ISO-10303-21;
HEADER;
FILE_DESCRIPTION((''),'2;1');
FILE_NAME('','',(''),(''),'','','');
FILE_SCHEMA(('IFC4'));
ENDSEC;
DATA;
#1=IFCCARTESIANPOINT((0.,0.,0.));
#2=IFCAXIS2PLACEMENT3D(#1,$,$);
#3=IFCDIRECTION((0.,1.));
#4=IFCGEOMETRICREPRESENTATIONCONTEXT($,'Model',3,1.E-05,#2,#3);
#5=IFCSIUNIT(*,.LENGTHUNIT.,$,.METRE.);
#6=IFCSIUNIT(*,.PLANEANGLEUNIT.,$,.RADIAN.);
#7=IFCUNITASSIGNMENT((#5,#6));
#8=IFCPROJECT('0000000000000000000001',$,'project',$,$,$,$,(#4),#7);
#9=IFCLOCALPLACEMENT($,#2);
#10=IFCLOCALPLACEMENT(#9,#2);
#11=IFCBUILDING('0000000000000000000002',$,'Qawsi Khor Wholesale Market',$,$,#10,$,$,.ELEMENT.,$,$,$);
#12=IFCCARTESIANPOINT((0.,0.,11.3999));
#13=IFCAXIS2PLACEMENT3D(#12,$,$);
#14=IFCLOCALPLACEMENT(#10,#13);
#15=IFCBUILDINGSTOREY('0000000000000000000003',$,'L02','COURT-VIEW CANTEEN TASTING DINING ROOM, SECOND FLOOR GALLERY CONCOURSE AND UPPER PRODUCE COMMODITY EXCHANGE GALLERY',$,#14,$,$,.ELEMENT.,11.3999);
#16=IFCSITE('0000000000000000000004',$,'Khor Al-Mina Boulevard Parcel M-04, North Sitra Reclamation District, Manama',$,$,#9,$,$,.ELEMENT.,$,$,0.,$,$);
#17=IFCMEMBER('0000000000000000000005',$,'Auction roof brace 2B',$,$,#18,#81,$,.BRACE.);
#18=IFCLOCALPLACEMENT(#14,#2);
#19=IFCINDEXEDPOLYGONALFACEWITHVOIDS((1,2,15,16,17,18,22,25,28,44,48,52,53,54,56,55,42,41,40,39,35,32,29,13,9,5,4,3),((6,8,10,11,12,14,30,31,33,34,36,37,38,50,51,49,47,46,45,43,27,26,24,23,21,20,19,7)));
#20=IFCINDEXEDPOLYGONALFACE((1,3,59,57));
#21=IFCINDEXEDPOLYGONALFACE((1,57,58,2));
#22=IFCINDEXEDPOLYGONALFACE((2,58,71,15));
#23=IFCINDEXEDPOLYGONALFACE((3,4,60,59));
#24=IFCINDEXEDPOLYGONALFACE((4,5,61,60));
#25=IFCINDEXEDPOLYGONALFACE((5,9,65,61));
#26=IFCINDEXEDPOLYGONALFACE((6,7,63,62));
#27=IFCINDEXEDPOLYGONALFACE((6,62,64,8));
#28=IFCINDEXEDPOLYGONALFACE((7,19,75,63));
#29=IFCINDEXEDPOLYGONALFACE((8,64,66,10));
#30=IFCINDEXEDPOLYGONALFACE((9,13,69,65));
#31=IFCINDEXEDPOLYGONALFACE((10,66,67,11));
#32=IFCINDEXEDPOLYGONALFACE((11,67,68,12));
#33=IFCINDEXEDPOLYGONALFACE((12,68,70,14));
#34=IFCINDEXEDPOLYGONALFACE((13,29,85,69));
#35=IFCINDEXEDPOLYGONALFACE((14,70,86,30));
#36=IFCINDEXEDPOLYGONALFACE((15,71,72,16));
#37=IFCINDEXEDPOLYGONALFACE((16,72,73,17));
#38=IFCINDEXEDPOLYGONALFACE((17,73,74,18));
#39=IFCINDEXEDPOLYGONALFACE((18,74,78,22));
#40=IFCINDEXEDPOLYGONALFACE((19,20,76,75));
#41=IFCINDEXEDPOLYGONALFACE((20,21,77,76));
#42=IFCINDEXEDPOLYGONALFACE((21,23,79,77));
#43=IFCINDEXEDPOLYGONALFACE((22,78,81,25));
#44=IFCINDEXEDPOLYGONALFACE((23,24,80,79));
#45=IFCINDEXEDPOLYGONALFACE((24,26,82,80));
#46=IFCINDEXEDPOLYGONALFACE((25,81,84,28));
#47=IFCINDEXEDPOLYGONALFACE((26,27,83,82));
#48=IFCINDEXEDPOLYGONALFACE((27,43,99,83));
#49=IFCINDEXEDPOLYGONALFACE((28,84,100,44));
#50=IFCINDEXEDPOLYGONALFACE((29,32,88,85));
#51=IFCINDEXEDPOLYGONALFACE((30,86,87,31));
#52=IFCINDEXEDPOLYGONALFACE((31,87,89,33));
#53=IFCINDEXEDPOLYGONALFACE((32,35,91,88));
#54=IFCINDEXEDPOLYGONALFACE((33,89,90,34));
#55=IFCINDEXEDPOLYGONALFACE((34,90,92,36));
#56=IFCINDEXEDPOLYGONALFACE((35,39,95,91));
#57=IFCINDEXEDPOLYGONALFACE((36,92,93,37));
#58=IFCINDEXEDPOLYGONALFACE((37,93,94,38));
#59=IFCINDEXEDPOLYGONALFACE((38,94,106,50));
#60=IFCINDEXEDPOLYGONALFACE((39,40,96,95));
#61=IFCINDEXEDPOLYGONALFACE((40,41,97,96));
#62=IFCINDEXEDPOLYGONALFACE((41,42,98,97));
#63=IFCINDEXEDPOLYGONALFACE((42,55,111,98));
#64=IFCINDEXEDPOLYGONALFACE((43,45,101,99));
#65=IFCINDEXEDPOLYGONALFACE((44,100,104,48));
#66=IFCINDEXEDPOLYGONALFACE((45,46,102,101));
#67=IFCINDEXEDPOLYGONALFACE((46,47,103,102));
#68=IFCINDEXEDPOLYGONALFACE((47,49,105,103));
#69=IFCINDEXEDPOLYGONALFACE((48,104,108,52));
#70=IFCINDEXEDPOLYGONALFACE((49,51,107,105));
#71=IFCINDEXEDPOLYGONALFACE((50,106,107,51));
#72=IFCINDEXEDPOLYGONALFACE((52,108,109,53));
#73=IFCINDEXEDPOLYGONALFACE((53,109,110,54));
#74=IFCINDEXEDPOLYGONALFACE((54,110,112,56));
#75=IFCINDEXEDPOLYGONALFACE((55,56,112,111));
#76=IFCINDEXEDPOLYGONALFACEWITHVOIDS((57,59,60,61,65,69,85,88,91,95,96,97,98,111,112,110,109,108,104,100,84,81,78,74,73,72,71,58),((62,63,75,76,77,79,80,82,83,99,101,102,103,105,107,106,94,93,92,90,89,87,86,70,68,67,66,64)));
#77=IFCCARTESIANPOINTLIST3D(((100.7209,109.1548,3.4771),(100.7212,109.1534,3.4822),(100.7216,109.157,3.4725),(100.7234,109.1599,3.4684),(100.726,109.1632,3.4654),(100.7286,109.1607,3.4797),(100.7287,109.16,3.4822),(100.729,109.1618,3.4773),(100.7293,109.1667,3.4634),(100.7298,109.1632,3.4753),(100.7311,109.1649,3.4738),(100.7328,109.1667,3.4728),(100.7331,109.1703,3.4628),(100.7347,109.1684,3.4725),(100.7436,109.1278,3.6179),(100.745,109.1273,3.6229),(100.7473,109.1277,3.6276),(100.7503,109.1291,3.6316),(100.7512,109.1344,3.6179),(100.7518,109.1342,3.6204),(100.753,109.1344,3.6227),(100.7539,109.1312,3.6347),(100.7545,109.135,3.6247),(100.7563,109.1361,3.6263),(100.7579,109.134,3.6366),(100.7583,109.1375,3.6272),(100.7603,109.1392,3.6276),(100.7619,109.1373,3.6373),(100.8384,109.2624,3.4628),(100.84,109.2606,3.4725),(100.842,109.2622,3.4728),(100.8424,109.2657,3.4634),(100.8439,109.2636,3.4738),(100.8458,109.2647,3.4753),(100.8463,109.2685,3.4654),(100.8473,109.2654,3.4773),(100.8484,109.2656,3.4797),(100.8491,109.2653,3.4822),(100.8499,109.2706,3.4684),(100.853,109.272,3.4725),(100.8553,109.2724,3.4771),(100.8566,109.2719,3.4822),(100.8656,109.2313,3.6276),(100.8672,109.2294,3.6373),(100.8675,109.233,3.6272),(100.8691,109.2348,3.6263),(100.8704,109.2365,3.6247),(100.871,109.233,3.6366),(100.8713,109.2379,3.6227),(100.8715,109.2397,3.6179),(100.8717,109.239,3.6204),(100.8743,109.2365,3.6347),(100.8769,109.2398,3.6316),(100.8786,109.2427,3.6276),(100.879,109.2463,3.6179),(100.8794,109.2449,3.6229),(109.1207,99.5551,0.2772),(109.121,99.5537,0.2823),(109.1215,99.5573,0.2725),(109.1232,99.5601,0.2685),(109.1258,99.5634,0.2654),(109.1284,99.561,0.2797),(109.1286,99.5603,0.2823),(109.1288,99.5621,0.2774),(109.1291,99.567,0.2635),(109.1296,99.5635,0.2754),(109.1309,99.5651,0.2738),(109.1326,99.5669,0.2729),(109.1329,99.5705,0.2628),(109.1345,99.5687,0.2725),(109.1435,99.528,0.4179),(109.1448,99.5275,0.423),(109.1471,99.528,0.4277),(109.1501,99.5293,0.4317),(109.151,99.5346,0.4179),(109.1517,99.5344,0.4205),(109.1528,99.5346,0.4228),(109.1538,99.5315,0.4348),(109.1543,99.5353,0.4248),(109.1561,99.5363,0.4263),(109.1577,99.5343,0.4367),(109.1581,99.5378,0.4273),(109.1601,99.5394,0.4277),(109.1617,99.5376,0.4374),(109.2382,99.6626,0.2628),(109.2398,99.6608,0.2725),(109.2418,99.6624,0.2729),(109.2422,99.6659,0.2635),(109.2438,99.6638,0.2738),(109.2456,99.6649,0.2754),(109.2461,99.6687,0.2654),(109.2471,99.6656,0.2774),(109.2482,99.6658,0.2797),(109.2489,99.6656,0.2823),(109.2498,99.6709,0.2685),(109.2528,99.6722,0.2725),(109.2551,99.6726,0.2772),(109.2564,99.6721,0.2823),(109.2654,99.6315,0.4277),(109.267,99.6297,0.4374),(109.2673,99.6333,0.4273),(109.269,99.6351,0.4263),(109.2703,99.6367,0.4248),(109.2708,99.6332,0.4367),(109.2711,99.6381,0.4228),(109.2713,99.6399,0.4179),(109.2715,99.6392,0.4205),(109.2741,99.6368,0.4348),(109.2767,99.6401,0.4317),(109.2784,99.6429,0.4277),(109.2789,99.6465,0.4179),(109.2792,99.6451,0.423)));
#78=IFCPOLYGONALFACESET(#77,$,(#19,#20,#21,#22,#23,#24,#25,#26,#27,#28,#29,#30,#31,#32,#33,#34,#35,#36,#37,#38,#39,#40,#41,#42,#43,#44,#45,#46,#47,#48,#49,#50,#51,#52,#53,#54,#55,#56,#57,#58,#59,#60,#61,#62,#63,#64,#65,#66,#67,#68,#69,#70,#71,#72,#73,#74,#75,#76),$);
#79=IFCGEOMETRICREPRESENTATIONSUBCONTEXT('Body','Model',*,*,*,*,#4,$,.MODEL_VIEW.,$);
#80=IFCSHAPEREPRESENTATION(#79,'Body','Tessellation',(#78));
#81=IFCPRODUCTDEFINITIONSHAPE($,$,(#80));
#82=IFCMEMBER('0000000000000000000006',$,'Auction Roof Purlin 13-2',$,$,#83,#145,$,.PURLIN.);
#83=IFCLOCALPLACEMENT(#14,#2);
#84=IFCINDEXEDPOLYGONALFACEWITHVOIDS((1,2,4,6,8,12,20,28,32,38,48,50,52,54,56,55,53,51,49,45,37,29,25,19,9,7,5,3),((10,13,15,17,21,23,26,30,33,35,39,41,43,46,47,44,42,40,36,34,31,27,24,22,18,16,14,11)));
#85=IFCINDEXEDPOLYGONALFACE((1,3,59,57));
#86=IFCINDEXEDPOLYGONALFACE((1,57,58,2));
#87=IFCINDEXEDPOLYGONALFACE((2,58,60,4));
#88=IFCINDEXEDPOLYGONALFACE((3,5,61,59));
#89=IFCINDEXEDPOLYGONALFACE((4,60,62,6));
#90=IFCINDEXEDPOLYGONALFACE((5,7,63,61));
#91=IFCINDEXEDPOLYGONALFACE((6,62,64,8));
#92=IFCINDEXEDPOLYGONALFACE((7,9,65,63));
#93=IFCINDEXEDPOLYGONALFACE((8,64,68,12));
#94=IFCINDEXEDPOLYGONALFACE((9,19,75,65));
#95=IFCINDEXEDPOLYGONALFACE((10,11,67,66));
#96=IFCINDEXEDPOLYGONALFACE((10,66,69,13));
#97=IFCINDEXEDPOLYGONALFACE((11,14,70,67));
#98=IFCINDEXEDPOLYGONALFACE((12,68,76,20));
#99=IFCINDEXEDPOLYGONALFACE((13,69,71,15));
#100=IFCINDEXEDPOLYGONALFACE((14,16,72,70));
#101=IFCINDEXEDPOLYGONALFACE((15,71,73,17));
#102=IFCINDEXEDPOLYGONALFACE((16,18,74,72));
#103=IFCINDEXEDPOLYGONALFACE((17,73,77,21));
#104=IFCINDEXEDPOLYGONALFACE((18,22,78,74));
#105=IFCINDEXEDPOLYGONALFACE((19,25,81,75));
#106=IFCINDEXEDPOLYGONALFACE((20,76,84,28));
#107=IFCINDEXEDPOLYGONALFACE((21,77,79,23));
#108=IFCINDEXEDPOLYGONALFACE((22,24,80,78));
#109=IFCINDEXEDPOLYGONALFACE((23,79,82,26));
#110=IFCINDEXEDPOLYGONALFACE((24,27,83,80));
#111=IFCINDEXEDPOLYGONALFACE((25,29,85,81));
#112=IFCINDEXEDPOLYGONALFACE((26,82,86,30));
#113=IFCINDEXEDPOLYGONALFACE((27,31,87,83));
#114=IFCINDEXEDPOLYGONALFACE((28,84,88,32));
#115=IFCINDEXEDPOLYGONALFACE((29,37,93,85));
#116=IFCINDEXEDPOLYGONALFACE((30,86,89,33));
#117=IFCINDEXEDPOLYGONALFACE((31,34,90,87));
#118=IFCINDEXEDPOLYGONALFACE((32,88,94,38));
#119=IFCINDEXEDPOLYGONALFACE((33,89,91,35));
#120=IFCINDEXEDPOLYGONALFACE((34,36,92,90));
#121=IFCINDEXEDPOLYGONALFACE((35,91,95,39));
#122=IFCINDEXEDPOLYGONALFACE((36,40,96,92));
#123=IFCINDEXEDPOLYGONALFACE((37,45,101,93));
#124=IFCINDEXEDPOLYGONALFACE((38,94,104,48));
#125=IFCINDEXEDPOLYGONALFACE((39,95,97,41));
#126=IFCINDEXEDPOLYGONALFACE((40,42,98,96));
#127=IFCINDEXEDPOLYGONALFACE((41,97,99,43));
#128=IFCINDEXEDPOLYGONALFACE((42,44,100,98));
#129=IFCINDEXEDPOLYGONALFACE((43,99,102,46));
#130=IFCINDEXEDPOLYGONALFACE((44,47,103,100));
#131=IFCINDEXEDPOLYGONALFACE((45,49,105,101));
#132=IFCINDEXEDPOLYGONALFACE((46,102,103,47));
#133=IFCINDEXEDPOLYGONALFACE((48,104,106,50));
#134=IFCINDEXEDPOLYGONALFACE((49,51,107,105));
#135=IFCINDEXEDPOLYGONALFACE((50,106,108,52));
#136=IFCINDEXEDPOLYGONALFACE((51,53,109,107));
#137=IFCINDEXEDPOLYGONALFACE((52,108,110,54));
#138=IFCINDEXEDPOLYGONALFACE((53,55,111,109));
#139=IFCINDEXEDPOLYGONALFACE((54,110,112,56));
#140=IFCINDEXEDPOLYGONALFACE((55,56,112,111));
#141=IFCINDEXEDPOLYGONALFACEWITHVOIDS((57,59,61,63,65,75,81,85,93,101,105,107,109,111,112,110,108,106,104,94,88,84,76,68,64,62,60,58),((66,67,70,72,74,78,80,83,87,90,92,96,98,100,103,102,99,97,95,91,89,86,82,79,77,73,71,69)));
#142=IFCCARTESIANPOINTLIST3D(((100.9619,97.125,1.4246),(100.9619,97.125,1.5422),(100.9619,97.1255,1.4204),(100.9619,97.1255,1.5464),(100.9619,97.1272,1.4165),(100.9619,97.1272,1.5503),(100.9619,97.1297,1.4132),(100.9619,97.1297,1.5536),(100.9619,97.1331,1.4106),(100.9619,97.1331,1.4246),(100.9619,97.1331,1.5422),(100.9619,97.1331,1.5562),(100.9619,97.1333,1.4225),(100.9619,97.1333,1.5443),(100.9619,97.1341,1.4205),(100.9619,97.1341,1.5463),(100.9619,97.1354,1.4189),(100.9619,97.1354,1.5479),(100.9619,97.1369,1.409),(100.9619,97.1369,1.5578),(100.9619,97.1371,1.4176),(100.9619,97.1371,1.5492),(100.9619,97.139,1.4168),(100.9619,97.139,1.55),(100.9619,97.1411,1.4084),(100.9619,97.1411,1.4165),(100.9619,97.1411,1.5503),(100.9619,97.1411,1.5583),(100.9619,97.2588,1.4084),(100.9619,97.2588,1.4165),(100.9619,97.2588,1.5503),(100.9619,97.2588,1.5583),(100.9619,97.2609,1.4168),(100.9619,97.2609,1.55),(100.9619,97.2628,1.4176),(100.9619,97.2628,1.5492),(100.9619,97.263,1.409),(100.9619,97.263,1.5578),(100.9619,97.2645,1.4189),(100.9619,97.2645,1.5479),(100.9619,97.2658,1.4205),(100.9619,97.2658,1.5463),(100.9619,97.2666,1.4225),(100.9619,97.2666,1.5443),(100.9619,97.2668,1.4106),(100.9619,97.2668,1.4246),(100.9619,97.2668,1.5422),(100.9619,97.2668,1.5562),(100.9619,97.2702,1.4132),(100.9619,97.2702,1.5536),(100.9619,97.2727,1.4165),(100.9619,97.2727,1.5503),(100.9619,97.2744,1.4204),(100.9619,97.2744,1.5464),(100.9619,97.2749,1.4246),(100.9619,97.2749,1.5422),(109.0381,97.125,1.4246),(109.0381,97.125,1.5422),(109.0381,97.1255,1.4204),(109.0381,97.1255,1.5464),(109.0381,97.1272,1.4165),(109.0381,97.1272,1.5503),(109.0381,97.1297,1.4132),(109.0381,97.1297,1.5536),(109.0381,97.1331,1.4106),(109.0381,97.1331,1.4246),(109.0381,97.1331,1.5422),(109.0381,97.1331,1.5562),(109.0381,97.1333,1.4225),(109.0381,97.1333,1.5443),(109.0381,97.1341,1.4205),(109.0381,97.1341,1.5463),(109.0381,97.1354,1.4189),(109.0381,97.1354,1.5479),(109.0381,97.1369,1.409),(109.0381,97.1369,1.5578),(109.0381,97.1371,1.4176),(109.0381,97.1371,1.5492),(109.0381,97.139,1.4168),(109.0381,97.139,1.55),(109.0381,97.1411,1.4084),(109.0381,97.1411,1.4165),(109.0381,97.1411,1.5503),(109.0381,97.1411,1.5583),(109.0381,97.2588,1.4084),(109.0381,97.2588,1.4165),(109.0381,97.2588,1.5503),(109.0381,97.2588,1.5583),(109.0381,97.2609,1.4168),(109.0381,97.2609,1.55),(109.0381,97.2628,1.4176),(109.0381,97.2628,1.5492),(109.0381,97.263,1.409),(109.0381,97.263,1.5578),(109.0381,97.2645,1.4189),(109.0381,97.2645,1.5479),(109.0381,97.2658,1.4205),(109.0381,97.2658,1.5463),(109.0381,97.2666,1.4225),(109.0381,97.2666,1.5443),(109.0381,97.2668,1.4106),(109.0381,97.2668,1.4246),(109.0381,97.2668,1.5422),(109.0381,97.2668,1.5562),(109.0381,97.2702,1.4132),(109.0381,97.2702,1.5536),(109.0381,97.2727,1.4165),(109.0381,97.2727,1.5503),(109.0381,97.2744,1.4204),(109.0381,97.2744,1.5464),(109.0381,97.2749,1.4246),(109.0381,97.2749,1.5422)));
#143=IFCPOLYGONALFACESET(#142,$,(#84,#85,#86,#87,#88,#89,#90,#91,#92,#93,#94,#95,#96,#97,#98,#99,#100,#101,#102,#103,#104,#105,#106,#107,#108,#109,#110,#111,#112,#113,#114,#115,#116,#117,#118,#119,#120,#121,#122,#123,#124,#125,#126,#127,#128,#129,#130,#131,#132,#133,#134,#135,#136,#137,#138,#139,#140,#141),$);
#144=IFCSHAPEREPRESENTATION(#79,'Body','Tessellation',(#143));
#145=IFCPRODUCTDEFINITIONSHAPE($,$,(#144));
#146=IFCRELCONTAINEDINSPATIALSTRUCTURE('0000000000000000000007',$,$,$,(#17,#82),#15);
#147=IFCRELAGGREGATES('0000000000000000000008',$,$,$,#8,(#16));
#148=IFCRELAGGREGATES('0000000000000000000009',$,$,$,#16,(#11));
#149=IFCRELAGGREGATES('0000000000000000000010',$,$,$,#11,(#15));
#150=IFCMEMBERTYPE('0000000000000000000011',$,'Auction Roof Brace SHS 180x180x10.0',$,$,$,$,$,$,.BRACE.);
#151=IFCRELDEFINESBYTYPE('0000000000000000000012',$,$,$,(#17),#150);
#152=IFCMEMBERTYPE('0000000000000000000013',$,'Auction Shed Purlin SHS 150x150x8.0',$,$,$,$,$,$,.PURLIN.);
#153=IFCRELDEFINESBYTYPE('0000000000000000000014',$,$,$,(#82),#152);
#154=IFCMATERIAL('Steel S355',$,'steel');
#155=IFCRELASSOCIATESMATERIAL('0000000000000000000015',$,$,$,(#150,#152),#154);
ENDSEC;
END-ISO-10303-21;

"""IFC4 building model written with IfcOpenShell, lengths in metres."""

from ifc_helpers import new_model, si_unit, direction, frame, origin, origin_2d, place, context, subcontext, project, spatial, hollow_rectangle, extrude, material, material_profile, profile_set, type_object, element, save


model = new_model("IFC4")

# Units and contexts
model_context = context("Model", 3, precision=1e-05, world=origin(), true_north=direction((0.0, 1.0)))
body_context = subcontext(model_context, "Body", "Model", "MODEL_VIEW")
ifc_project = project(units=[si_unit("LENGTHUNIT", "METRE"), si_unit("PLANEANGLEUNIT", "RADIAN")], contexts=[model_context])

# Site, building, storey
site_placement = place(None, origin())
site = spatial("IfcSite", under=ifc_project, at=site_placement, Name="Khor Al-Mina Boulevard Parcel M-04, North Sitra Reclamation District, Manama", CompositionType="ELEMENT", RefElevation=0.0)
building_placement = place(site_placement, origin())
building = spatial("IfcBuilding", under=site, at=building_placement, Name="Qawsi Khor Wholesale Market", CompositionType="ELEMENT")
storey_placement = place(building_placement, frame((0.0, 0.0, 11.3999)))
storey = spatial("IfcBuildingStorey", under=building, at=storey_placement, Name="L02", Description="COURT-VIEW CANTEEN TASTING DINING ROOM, SECOND FLOOR GALLERY CONCOURSE AND UPPER PRODUCE COMMODITY EXCHANGE GALLERY", CompositionType="ELEMENT", Elevation=11.3999)

# Members
ifc_material_1 = material(Name="Steel S355", Category="steel")
ifc_material_profile_1 = material_profile(ifc_material_1, hollow_rectangle(XDim=0.1799, YDim=0.1799, WallThickness=0.01, InnerFilletRadius=0.01, OuterFilletRadius=0.02, at=origin_2d()), Name="SHS 180x180x10.0")
ifc_profile_set_1 = profile_set([ifc_material_profile_1], Name="Steel S355")
member_type_1 = type_object("IfcMemberType", Name="Auction Roof Brace SHS 180x180x10.0", PredefinedType="BRACE", material=ifc_profile_set_1)
member_1_placement = place(storey_placement, frame((109.2, 99.6001, 0.3501), z_axis=(-0.638715, 0.729958, 0.243319), x_axis=(-0.752576, -0.658506, 0.0)))
element("IfcMember", 1, at=member_1_placement, inside=storey, type_object=member_type_1, Name="Auction roof brace 2B", PredefinedType="BRACE", context=body_context, shape_type="SweptSolid", body=[
    extrude(hollow_rectangle(XDim=0.1799, YDim=0.1799, WallThickness=0.01, InnerFilletRadius=0.01, OuterFilletRadius=0.02, at=origin_2d()), origin(), (0.0, 0.0, 1.0), 13.1511),
])
ifc_material_profile_2 = material_profile(ifc_material_1, hollow_rectangle(XDim=0.1499, YDim=0.1499, WallThickness=0.0081, InnerFilletRadius=0.0081, OuterFilletRadius=0.0161, at=origin_2d()), Name="SHS 150x150x8.0")
ifc_profile_set_2 = profile_set([ifc_material_profile_2], Name="Steel S355")
member_type_2 = type_object("IfcMemberType", Name="Auction Shed Purlin SHS 150x150x8.0", PredefinedType="PURLIN", material=ifc_profile_set_2)
member_2_placement = place(storey_placement, frame((100.9619, 97.2, 1.4834), z_axis=(1.0, 0.0, 0.0), x_axis=(0.0, 1.0, 0.0)))
element("IfcMember", 2, at=member_2_placement, inside=storey, type_object=member_type_2, Name="Auction Roof Purlin 13-2", PredefinedType="PURLIN", context=body_context, shape_type="SweptSolid", body=[
    extrude(hollow_rectangle(XDim=0.1499, YDim=0.1499, WallThickness=0.0081, InnerFilletRadius=0.0081, OuterFilletRadius=0.0161, at=origin_2d()), origin(), (0.0, 0.0, 1.0), 8.0762),
])

save(model, "model.ifc")
